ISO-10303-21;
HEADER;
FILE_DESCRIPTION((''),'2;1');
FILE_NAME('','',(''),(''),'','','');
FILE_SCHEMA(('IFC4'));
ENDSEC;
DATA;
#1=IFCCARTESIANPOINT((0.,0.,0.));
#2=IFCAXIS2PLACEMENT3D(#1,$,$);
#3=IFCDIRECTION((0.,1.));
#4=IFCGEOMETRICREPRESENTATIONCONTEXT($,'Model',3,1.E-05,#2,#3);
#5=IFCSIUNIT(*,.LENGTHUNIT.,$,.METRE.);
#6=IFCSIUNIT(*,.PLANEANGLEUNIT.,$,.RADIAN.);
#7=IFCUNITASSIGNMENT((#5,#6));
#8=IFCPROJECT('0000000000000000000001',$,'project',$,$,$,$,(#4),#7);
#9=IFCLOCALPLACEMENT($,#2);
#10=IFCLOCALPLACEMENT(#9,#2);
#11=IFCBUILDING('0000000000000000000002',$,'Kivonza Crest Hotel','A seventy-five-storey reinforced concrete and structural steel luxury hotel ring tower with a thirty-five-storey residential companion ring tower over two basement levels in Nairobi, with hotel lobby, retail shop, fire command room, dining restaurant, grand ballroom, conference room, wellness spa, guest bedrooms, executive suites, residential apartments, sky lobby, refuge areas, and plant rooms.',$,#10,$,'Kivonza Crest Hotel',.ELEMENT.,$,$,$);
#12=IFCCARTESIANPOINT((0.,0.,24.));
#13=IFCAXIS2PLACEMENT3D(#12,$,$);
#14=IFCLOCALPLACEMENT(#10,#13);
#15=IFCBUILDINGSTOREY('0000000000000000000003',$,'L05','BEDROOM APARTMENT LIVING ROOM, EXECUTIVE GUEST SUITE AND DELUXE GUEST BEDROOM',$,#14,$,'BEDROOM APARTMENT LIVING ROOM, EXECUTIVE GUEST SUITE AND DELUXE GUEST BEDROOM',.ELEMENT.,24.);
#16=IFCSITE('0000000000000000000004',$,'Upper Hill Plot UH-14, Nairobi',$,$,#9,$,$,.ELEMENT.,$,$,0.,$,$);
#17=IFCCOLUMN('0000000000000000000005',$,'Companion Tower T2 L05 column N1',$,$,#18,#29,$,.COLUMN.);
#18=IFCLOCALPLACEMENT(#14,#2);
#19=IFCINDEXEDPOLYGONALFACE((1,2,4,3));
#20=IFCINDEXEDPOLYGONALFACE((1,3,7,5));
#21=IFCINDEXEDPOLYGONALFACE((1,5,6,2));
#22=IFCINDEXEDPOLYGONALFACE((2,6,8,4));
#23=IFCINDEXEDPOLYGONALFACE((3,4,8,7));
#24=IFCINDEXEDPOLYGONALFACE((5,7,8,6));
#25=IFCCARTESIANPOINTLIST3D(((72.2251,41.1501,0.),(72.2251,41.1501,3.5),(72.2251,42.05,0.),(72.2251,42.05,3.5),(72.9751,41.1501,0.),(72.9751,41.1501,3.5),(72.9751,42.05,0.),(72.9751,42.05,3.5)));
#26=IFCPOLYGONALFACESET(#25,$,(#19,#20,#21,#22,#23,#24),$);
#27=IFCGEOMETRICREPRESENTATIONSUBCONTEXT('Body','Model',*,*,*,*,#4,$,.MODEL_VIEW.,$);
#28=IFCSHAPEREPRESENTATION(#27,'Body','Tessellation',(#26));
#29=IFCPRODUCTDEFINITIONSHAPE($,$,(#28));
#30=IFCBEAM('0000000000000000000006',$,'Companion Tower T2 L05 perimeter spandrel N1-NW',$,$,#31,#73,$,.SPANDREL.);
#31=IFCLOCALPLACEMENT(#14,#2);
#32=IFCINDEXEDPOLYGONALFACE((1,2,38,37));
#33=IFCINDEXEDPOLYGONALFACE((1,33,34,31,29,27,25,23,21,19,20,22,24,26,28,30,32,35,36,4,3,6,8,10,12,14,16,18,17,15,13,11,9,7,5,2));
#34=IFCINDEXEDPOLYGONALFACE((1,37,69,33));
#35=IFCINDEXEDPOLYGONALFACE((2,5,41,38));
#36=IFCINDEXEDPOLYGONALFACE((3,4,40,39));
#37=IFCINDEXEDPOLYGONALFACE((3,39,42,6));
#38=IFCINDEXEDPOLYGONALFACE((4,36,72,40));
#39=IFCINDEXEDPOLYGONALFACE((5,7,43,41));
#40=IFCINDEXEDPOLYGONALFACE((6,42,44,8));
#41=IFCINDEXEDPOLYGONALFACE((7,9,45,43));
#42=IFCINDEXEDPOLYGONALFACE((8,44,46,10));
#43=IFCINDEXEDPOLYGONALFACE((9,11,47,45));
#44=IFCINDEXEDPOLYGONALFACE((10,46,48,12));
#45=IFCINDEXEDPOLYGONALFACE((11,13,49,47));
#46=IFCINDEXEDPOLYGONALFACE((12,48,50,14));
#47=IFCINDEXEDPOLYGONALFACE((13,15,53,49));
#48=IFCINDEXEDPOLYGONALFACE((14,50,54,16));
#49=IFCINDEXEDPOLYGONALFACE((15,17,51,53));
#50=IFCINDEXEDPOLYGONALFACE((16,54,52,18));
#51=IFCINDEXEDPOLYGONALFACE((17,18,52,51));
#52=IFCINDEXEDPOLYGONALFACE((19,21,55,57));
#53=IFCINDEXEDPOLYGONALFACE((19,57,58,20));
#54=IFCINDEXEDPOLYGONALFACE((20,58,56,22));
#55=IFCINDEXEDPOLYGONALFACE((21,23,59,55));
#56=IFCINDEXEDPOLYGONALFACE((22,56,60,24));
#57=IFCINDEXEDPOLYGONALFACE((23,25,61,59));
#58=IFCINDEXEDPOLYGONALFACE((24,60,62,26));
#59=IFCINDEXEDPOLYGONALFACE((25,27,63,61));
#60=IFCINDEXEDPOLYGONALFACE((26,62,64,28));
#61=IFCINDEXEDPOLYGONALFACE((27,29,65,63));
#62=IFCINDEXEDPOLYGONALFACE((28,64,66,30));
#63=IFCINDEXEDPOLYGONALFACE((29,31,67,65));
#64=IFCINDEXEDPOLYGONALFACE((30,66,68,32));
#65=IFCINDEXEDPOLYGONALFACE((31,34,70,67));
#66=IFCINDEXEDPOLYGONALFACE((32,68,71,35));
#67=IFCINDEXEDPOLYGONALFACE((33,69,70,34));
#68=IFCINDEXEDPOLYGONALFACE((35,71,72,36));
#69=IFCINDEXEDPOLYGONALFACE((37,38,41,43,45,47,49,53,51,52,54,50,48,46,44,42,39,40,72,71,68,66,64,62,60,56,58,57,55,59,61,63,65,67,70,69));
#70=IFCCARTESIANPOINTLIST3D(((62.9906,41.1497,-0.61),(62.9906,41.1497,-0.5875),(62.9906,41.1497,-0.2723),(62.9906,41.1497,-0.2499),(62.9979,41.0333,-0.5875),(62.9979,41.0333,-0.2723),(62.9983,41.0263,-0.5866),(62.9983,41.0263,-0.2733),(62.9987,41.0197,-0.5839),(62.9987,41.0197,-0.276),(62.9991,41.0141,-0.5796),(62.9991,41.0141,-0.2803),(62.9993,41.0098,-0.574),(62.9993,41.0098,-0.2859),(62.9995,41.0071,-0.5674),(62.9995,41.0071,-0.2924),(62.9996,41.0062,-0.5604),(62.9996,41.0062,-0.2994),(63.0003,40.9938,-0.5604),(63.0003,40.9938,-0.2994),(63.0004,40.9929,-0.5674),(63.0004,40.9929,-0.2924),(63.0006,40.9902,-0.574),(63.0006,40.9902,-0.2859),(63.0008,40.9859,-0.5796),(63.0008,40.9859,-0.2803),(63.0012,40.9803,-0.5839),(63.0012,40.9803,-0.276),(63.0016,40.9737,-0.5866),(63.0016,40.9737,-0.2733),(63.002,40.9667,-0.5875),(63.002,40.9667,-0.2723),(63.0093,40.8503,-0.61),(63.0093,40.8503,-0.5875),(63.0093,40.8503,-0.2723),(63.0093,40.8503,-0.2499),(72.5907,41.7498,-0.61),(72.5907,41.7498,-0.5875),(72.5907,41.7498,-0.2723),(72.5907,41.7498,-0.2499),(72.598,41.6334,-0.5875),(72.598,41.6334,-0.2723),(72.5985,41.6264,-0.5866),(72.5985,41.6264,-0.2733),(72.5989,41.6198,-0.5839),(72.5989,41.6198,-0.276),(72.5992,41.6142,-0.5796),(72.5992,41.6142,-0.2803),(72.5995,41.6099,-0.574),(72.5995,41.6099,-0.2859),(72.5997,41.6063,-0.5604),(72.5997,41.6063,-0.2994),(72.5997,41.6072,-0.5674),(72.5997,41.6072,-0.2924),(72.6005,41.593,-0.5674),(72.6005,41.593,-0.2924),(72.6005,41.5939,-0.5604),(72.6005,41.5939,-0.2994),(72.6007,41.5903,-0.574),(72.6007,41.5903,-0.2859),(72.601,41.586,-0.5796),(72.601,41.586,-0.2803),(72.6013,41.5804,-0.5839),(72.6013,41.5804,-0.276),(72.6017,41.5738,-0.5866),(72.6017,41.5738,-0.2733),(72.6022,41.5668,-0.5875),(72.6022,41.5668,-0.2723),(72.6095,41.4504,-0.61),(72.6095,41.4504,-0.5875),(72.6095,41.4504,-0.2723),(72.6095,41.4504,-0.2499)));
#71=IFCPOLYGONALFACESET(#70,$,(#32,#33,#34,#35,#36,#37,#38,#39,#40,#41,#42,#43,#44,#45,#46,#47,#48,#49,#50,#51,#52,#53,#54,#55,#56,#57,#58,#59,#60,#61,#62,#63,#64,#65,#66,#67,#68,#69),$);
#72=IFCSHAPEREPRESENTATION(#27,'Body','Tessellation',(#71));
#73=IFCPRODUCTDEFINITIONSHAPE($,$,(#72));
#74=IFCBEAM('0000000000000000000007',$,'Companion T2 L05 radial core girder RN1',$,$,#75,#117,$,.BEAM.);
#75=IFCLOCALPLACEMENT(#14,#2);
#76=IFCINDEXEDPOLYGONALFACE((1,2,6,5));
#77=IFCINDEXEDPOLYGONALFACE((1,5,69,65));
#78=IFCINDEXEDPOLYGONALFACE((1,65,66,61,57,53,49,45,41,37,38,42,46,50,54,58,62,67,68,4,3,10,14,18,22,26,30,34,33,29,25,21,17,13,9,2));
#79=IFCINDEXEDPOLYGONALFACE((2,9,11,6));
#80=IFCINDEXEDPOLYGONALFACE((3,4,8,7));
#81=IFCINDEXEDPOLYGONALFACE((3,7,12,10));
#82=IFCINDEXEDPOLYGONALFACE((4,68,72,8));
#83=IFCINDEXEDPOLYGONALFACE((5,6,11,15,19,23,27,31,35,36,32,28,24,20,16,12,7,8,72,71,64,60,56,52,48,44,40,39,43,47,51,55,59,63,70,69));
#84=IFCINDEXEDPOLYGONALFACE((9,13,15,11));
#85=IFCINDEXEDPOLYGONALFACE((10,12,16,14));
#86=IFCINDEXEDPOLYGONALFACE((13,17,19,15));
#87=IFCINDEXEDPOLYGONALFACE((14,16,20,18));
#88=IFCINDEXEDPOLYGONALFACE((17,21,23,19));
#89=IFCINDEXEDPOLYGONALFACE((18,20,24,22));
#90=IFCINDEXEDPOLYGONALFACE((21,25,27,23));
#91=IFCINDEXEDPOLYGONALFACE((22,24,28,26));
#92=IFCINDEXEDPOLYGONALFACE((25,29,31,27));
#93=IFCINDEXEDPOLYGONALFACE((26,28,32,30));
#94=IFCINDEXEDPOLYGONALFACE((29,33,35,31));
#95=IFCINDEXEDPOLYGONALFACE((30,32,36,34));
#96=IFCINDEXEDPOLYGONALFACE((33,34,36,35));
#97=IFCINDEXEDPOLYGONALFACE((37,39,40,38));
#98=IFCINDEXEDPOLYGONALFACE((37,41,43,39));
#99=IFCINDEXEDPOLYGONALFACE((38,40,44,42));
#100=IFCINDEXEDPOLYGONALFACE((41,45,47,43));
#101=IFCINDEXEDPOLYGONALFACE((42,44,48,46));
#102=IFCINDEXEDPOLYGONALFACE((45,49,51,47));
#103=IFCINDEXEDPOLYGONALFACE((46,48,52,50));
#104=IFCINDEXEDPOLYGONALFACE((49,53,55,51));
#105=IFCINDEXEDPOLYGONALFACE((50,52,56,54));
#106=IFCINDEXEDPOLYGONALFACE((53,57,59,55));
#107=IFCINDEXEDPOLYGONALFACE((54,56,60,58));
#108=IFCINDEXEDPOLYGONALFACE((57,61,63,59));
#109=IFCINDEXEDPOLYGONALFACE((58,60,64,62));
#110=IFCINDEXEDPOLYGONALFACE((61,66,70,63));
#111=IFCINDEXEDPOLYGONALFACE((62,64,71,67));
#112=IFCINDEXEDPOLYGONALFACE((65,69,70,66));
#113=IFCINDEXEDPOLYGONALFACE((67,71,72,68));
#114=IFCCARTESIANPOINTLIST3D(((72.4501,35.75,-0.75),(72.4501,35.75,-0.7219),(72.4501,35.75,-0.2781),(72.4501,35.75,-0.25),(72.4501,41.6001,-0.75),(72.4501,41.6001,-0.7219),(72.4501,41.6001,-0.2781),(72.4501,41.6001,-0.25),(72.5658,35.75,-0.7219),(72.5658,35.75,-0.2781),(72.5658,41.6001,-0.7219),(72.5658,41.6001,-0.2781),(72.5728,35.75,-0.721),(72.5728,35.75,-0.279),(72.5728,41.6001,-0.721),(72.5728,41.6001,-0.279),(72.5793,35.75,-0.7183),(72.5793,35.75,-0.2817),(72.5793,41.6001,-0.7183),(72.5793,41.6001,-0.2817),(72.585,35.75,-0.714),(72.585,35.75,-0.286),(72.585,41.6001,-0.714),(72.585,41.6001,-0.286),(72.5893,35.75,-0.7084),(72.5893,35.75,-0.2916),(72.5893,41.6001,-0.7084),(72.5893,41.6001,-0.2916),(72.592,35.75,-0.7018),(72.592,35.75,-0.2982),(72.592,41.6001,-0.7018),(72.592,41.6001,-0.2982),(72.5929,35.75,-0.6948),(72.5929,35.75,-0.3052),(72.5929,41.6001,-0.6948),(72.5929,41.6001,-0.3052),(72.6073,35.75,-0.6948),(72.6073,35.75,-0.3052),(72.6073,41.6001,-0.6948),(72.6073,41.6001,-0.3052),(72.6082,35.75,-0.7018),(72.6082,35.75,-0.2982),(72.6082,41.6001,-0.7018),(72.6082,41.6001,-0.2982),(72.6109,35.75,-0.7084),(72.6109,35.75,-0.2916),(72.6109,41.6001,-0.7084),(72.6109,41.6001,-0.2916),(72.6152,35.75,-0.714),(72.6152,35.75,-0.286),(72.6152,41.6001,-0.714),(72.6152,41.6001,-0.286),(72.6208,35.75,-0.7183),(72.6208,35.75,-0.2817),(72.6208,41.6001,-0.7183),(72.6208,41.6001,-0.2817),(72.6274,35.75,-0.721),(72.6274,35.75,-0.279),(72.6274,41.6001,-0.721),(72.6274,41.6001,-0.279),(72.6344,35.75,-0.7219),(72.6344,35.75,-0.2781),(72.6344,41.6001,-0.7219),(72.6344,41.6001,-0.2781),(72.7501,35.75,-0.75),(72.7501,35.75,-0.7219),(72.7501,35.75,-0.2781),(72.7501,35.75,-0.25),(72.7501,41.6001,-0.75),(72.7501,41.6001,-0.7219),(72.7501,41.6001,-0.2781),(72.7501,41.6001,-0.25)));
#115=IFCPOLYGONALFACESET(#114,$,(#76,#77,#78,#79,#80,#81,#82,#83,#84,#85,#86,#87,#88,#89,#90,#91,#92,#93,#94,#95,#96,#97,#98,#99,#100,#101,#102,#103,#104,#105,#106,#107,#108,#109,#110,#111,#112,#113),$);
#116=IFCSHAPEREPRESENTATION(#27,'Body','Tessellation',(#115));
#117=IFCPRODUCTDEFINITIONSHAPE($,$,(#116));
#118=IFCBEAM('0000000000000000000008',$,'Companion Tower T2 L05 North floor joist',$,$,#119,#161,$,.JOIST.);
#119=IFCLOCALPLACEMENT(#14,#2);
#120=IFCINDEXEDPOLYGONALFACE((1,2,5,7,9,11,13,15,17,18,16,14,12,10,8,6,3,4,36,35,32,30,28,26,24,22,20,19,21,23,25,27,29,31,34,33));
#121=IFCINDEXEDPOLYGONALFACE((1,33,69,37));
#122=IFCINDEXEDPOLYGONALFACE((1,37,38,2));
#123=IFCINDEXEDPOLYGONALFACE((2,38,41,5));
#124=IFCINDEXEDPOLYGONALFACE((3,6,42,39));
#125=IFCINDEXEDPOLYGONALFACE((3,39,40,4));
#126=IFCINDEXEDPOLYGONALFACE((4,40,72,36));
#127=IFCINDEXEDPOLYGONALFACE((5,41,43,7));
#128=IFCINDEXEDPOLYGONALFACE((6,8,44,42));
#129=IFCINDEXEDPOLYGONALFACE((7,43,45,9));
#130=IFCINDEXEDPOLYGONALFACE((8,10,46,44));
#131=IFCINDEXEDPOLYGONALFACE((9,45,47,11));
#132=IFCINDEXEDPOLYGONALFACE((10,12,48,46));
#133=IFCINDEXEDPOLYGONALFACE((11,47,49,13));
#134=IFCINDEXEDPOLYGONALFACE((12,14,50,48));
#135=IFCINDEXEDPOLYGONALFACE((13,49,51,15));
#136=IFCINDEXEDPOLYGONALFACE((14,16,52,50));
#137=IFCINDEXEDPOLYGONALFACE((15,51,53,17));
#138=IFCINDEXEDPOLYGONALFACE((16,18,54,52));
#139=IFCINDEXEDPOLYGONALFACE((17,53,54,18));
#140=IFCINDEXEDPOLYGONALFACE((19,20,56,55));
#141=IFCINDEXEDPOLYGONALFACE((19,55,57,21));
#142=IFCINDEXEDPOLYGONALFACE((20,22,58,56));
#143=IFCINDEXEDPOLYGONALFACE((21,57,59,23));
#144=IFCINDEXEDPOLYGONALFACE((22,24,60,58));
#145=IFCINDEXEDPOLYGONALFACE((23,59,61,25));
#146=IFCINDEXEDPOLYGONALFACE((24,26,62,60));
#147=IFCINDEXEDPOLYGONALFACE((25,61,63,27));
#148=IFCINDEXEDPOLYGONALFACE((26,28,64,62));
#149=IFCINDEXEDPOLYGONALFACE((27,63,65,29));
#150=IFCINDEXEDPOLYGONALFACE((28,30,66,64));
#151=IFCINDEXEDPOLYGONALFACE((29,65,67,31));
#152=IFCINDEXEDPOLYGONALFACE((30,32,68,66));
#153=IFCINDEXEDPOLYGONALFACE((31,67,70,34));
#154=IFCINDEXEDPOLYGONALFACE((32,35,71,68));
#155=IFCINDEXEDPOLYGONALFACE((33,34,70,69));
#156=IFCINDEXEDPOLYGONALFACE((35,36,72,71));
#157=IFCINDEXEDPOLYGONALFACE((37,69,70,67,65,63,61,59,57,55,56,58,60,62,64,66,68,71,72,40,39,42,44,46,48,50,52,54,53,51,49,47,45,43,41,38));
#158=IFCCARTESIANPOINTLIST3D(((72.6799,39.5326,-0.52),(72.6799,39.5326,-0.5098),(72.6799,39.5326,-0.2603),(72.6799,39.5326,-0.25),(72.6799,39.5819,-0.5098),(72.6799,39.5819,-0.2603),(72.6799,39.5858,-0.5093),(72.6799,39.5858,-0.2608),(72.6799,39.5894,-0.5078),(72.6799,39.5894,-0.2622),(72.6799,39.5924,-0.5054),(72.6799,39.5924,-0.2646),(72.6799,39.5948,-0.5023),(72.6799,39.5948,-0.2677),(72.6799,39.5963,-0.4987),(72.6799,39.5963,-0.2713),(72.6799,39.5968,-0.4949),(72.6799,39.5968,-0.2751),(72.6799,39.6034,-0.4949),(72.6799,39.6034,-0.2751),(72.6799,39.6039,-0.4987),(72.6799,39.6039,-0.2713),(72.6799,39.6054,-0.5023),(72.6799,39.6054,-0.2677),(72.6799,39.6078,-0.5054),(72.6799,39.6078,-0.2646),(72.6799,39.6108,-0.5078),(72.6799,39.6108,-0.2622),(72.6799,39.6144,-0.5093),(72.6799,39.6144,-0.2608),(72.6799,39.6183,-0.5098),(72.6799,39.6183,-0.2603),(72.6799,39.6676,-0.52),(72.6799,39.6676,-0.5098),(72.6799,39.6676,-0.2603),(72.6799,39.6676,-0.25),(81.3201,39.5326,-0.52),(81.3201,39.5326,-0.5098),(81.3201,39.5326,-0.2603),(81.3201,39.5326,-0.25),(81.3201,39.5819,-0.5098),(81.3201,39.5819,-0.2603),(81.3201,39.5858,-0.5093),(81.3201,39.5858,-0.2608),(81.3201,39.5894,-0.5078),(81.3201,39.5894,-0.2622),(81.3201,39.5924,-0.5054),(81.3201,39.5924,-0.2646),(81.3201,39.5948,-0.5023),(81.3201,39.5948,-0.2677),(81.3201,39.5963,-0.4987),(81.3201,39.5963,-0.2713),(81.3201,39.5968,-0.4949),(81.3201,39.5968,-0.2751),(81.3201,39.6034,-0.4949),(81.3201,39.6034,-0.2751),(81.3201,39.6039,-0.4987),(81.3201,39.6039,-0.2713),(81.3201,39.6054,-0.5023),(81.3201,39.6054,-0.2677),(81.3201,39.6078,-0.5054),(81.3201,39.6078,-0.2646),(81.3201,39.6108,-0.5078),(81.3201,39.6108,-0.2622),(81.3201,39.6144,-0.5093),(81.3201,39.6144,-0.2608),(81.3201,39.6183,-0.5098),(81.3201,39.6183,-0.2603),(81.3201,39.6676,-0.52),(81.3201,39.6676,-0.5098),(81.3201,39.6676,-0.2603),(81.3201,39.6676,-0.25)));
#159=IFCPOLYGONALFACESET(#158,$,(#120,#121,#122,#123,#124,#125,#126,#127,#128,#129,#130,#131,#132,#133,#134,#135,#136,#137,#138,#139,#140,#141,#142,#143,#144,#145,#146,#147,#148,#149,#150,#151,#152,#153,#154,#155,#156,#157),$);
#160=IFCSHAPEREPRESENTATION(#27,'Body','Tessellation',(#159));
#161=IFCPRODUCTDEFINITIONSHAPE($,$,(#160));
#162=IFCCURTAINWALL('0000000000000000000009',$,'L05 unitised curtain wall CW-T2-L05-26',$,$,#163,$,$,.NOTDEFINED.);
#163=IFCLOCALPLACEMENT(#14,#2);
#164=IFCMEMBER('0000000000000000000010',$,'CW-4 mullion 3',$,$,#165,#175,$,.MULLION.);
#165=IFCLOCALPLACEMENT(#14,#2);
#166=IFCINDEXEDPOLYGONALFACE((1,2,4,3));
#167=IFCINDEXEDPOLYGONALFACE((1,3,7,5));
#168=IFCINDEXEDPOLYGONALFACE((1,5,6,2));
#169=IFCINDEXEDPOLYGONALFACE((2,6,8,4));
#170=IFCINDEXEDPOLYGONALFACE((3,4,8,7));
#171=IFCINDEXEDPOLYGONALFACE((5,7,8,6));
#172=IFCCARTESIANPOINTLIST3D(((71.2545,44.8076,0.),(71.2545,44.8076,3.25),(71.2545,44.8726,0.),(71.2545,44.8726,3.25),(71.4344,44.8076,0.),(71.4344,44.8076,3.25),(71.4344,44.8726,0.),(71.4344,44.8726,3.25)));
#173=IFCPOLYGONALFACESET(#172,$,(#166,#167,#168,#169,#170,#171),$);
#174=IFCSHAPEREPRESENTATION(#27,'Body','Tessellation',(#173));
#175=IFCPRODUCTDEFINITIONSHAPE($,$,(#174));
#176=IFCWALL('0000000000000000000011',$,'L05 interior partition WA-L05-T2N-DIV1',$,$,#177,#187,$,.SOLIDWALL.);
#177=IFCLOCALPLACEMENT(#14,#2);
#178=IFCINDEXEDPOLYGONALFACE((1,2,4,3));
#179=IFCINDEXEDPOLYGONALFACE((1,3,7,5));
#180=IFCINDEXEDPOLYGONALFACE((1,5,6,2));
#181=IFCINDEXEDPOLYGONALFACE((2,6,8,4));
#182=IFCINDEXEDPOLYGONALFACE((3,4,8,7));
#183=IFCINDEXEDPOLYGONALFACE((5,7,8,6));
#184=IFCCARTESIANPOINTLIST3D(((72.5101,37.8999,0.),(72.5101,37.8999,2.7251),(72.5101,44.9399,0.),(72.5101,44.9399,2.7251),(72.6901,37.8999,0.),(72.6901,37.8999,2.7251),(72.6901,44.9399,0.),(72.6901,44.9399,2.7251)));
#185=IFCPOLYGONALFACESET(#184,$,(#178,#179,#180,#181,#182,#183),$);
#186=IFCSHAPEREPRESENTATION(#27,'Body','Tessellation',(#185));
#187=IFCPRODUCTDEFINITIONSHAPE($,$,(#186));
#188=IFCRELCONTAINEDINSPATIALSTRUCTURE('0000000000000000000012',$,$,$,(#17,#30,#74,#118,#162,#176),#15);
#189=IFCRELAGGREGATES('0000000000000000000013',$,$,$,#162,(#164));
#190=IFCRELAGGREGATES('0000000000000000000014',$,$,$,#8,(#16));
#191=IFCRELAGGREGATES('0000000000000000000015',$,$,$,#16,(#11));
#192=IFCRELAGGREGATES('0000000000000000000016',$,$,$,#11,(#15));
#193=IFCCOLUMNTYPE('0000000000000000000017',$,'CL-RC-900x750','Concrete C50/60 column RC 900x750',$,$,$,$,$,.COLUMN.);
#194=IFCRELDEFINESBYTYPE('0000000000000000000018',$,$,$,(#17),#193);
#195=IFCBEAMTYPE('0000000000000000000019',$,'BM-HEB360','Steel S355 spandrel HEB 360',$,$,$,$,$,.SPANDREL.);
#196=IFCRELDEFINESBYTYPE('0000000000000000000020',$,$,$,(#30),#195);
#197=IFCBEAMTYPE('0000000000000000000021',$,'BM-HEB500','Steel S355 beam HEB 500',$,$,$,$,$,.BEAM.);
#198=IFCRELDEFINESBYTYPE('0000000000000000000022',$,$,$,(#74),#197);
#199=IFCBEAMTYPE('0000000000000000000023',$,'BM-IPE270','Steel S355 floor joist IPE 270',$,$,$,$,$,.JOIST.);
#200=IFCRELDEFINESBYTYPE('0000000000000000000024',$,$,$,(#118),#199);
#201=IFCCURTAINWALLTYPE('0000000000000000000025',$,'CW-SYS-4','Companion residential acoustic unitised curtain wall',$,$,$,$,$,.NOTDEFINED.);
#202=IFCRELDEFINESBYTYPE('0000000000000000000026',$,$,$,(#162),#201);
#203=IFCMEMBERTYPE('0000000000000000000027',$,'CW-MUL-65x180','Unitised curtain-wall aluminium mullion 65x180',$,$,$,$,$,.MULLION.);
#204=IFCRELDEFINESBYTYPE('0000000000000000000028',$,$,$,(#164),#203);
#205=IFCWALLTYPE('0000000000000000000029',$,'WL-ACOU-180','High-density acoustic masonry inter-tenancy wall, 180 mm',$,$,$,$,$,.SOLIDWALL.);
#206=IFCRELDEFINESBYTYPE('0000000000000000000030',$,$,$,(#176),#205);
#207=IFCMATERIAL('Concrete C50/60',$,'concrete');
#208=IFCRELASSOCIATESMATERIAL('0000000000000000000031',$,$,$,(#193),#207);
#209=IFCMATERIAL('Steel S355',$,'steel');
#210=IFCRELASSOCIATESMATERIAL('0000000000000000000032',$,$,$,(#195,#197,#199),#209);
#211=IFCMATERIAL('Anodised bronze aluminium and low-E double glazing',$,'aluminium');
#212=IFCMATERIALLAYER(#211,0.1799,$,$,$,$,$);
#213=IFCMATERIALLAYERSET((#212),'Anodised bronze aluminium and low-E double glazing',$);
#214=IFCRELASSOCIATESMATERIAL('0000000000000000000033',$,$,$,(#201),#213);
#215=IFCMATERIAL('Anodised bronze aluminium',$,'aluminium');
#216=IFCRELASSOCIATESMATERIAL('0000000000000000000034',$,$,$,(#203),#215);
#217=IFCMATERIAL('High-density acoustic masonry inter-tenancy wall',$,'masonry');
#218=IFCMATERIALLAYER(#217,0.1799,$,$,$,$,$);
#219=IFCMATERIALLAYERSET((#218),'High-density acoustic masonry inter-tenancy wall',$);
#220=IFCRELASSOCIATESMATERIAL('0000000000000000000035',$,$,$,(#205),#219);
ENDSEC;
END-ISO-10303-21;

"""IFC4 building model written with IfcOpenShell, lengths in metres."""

from ifc_helpers import new_model, si_unit, direction, frame, frame_2d, origin, origin_2d, place, context, subcontext, project, spatial, rectangle, i_section, extrude, material, layer, layer_set, material_profile, profile_set, type_object, element, aggregate, save


model = new_model("IFC4")

# Units and contexts
model_context = context("Model", 3, precision=1e-05, world=origin(), true_north=direction((0.0, 1.0)))
body_context = subcontext(model_context, "Body", "Model", "MODEL_VIEW")
ifc_project = project(units=[si_unit("LENGTHUNIT", "METRE"), si_unit("PLANEANGLEUNIT", "RADIAN")], contexts=[model_context])

# Site, building, storey
site_placement = place(None, origin())
site = spatial("IfcSite", under=ifc_project, at=site_placement, Name="Upper Hill Plot UH-14, Nairobi", CompositionType="ELEMENT", RefElevation=0.0)
building_placement = place(site_placement, origin())
building = spatial("IfcBuilding", under=site, at=building_placement, Name="Kivonza Crest Hotel", Description="A seventy-five-storey reinforced concrete and structural steel luxury hotel ring tower with a thirty-five-storey residential companion ring tower over two basement levels in Nairobi, with hotel lobby, retail shop, fire command room, dining restaurant, grand ballroom, conference room, wellness spa, guest bedrooms, executive suites, residential apartments, sky lobby, refuge areas, and plant rooms.", LongName="Kivonza Crest Hotel", CompositionType="ELEMENT")
storey_placement = place(building_placement, frame((0.0, 0.0, 24.0)))
storey = spatial("IfcBuildingStorey", under=building, at=storey_placement, Name="L05", Description="BEDROOM APARTMENT LIVING ROOM, EXECUTIVE GUEST SUITE AND DELUXE GUEST BEDROOM", LongName="BEDROOM APARTMENT LIVING ROOM, EXECUTIVE GUEST SUITE AND DELUXE GUEST BEDROOM", CompositionType="ELEMENT", Elevation=24.0)

# Column
ifc_material_1 = material(Name="Concrete C50/60", Category="concrete")
ifc_material_profile_1 = material_profile(ifc_material_1, rectangle(XDim=0.75, YDim=0.8999, at=origin_2d()), Name="RC 900x750")
ifc_profile_set_1 = profile_set([ifc_material_profile_1], Name="Concrete C50/60")
column_type = type_object("IfcColumnType", Name="CL-RC-900x750", Description="Concrete C50/60 column RC 900x750", PredefinedType="COLUMN", material=ifc_profile_set_1)
column_placement = place(storey_placement, frame((72.6001, 41.6001, 0.0), z_axis=(0.0, 0.0, 1.0), x_axis=(1.0, 0.0, 0.0)))
element("IfcColumn", 1, at=column_placement, inside=storey, type_object=column_type, Name="Companion Tower T2 L05 column N1", PredefinedType="COLUMN", context=body_context, shape_type="SweptSolid", body=[
    extrude(rectangle(XDim=0.75, YDim=0.8999, at=origin_2d()), origin(), (0.0, 0.0, 1.0), 3.5),
])

# Beams
ifc_material_2 = material(Name="Steel S355", Category="steel")
ifc_material_profile_2 = material_profile(ifc_material_2, i_section(OverallWidth=0.3, OverallDepth=0.3601, WebThickness=0.0125, FlangeThickness=0.0225, FilletRadius=0.0271, at=origin_2d()), Name="HEB 360")
ifc_profile_set_2 = profile_set([ifc_material_profile_2], Name="Steel S355")
beam_type_1 = type_object("IfcBeamType", Name="BM-HEB360", Description="Steel S355 spandrel HEB 360", PredefinedType="SPANDREL", material=ifc_profile_set_2)
beam_1_placement = place(storey_placement, frame((72.6001, 41.6001, -0.4299), z_axis=(-0.998052, -0.062388, 0.0), x_axis=(0.062388, -0.998052, 0.0)))
element("IfcBeam", 2, at=beam_1_placement, inside=storey, type_object=beam_type_1, Name="Companion Tower T2 L05 perimeter spandrel N1-NW", PredefinedType="SPANDREL", context=body_context, shape_type="SweptSolid", body=[
    extrude(i_section(OverallWidth=0.3, OverallDepth=0.3601, WebThickness=0.0125, FlangeThickness=0.0225, FilletRadius=0.0271, at=origin_2d()), origin(), (0.0, 0.0, 1.0), 9.6189),
])
ifc_material_profile_3 = material_profile(ifc_material_2, i_section(OverallWidth=0.3, OverallDepth=0.5, WebThickness=0.0144, FlangeThickness=0.0281, FilletRadius=0.0271, at=origin_2d()), Name="HEB 500")
ifc_profile_set_3 = profile_set([ifc_material_profile_3], Name="Steel S355")
beam_type_2 = type_object("IfcBeamType", Name="BM-HEB500", Description="Steel S355 beam HEB 500", PredefinedType="BEAM", material=ifc_profile_set_3)
beam_2_placement = place(storey_placement, frame((72.6001, 41.6001, -0.5), z_axis=(0.0, -1.0, 0.0), x_axis=(1.0, 0.0, 0.0)))
element("IfcBeam", 3, at=beam_2_placement, inside=storey, type_object=beam_type_2, Name="Companion T2 L05 radial core girder RN1", PredefinedType="BEAM", context=body_context, shape_type="SweptSolid", body=[
    extrude(i_section(OverallWidth=0.3, OverallDepth=0.5, WebThickness=0.0144, FlangeThickness=0.0281, FilletRadius=0.0271, at=origin_2d()), origin(), (0.0, 0.0, 1.0), 5.8501),
])
ifc_material_profile_4 = material_profile(ifc_material_2, i_section(OverallWidth=0.135, OverallDepth=0.27, WebThickness=0.0066, FlangeThickness=0.0103, FilletRadius=0.0149, at=origin_2d()), Name="IPE 270")
ifc_profile_set_4 = profile_set([ifc_material_profile_4], Name="Steel S355")
beam_type_3 = type_object("IfcBeamType", Name="BM-IPE270", Description="Steel S355 floor joist IPE 270", PredefinedType="JOIST", material=ifc_profile_set_4)
beam_3_placement = place(storey_placement, frame((72.6799, 39.6001, -0.385), z_axis=(1.0, 0.0, 0.0), x_axis=(0.0, 1.0, 0.0)))
element("IfcBeam", 4, at=beam_3_placement, inside=storey, type_object=beam_type_3, Name="Companion Tower T2 L05 North floor joist", PredefinedType="JOIST", context=body_context, shape_type="SweptSolid", body=[
    extrude(i_section(OverallWidth=0.135, OverallDepth=0.27, WebThickness=0.0066, FlangeThickness=0.0103, FilletRadius=0.0149, at=origin_2d()), origin(), (0.0, 0.0, 1.0), 8.6401),
])

# Curtain wall, member
ifc_material_3 = material(Name="Anodised bronze aluminium and low-E double glazing", Category="aluminium")
ifc_layer_1 = layer(ifc_material_3, 0.1799)
ifc_layer_set_1 = layer_set([ifc_layer_1], Name="Anodised bronze aluminium and low-E double glazing")
curtain_wall_type = type_object("IfcCurtainWallType", Name="CW-SYS-4", Description="Companion residential acoustic unitised curtain wall", PredefinedType="NOTDEFINED", material=ifc_layer_set_1)
curtain_wall_placement = place(storey_placement, origin())
curtain_wall = element("IfcCurtainWall", 5, at=curtain_wall_placement, inside=storey, type_object=curtain_wall_type, Name="L05 unitised curtain wall CW-T2-L05-26", PredefinedType="NOTDEFINED")
ifc_material_4 = material(Name="Anodised bronze aluminium", Category="aluminium")
ifc_material_profile_5 = material_profile(ifc_material_4, rectangle(XDim=0.0649, YDim=0.1799, at=origin_2d()), Name="CW-M 65x180")
ifc_profile_set_5 = profile_set([ifc_material_profile_5], Name="Anodised bronze aluminium")
member_type = type_object("IfcMemberType", Name="CW-MUL-65x180", Description="Unitised curtain-wall aluminium mullion 65x180", PredefinedType="MULLION", material=ifc_profile_set_5)
member_placement = place(storey_placement, frame((71.3445, 44.8401, 0.0), z_axis=(0.0, 0.0, 1.0), x_axis=(0.0, -1.0, 0.0)))
member = element("IfcMember", 6, at=member_placement, type_object=member_type, Name="CW-4 mullion 3", PredefinedType="MULLION", context=body_context, shape_type="SweptSolid", body=[
    extrude(rectangle(XDim=0.0649, YDim=0.1799, at=origin_2d()), origin(), (0.0, 0.0, 1.0), 3.25),
])
aggregate(curtain_wall, [member])

# Wall
ifc_material_5 = material(Name="High-density acoustic masonry inter-tenancy wall", Category="masonry")
ifc_layer_2 = layer(ifc_material_5, 0.1799)
ifc_layer_set_2 = layer_set([ifc_layer_2], Name="High-density acoustic masonry inter-tenancy wall")
wall_type_1 = type_object("IfcWallType", Name="WL-ACOU-180", Description="High-density acoustic masonry inter-tenancy wall, 180 mm", PredefinedType="SOLIDWALL", material=ifc_layer_set_2)
wall_1_placement = place(storey_placement, frame((72.6001, 37.8999, 0.0), z_axis=(0.0, 0.0, 1.0), x_axis=(0.0, 1.0, 0.0)))
element("IfcWall", 7, at=wall_1_placement, inside=storey, type_object=wall_type_1, Name="L05 interior partition WA-L05-T2N-DIV1", PredefinedType="SOLIDWALL", context=body_context, shape_type="SweptSolid", body=[
    extrude(rectangle(XDim=7.04, YDim=0.1799, at=frame_2d((3.52, 0.0))), origin(), (0.0, 0.0, 1.0), 2.7251),
])

save(model, "model.ifc")
